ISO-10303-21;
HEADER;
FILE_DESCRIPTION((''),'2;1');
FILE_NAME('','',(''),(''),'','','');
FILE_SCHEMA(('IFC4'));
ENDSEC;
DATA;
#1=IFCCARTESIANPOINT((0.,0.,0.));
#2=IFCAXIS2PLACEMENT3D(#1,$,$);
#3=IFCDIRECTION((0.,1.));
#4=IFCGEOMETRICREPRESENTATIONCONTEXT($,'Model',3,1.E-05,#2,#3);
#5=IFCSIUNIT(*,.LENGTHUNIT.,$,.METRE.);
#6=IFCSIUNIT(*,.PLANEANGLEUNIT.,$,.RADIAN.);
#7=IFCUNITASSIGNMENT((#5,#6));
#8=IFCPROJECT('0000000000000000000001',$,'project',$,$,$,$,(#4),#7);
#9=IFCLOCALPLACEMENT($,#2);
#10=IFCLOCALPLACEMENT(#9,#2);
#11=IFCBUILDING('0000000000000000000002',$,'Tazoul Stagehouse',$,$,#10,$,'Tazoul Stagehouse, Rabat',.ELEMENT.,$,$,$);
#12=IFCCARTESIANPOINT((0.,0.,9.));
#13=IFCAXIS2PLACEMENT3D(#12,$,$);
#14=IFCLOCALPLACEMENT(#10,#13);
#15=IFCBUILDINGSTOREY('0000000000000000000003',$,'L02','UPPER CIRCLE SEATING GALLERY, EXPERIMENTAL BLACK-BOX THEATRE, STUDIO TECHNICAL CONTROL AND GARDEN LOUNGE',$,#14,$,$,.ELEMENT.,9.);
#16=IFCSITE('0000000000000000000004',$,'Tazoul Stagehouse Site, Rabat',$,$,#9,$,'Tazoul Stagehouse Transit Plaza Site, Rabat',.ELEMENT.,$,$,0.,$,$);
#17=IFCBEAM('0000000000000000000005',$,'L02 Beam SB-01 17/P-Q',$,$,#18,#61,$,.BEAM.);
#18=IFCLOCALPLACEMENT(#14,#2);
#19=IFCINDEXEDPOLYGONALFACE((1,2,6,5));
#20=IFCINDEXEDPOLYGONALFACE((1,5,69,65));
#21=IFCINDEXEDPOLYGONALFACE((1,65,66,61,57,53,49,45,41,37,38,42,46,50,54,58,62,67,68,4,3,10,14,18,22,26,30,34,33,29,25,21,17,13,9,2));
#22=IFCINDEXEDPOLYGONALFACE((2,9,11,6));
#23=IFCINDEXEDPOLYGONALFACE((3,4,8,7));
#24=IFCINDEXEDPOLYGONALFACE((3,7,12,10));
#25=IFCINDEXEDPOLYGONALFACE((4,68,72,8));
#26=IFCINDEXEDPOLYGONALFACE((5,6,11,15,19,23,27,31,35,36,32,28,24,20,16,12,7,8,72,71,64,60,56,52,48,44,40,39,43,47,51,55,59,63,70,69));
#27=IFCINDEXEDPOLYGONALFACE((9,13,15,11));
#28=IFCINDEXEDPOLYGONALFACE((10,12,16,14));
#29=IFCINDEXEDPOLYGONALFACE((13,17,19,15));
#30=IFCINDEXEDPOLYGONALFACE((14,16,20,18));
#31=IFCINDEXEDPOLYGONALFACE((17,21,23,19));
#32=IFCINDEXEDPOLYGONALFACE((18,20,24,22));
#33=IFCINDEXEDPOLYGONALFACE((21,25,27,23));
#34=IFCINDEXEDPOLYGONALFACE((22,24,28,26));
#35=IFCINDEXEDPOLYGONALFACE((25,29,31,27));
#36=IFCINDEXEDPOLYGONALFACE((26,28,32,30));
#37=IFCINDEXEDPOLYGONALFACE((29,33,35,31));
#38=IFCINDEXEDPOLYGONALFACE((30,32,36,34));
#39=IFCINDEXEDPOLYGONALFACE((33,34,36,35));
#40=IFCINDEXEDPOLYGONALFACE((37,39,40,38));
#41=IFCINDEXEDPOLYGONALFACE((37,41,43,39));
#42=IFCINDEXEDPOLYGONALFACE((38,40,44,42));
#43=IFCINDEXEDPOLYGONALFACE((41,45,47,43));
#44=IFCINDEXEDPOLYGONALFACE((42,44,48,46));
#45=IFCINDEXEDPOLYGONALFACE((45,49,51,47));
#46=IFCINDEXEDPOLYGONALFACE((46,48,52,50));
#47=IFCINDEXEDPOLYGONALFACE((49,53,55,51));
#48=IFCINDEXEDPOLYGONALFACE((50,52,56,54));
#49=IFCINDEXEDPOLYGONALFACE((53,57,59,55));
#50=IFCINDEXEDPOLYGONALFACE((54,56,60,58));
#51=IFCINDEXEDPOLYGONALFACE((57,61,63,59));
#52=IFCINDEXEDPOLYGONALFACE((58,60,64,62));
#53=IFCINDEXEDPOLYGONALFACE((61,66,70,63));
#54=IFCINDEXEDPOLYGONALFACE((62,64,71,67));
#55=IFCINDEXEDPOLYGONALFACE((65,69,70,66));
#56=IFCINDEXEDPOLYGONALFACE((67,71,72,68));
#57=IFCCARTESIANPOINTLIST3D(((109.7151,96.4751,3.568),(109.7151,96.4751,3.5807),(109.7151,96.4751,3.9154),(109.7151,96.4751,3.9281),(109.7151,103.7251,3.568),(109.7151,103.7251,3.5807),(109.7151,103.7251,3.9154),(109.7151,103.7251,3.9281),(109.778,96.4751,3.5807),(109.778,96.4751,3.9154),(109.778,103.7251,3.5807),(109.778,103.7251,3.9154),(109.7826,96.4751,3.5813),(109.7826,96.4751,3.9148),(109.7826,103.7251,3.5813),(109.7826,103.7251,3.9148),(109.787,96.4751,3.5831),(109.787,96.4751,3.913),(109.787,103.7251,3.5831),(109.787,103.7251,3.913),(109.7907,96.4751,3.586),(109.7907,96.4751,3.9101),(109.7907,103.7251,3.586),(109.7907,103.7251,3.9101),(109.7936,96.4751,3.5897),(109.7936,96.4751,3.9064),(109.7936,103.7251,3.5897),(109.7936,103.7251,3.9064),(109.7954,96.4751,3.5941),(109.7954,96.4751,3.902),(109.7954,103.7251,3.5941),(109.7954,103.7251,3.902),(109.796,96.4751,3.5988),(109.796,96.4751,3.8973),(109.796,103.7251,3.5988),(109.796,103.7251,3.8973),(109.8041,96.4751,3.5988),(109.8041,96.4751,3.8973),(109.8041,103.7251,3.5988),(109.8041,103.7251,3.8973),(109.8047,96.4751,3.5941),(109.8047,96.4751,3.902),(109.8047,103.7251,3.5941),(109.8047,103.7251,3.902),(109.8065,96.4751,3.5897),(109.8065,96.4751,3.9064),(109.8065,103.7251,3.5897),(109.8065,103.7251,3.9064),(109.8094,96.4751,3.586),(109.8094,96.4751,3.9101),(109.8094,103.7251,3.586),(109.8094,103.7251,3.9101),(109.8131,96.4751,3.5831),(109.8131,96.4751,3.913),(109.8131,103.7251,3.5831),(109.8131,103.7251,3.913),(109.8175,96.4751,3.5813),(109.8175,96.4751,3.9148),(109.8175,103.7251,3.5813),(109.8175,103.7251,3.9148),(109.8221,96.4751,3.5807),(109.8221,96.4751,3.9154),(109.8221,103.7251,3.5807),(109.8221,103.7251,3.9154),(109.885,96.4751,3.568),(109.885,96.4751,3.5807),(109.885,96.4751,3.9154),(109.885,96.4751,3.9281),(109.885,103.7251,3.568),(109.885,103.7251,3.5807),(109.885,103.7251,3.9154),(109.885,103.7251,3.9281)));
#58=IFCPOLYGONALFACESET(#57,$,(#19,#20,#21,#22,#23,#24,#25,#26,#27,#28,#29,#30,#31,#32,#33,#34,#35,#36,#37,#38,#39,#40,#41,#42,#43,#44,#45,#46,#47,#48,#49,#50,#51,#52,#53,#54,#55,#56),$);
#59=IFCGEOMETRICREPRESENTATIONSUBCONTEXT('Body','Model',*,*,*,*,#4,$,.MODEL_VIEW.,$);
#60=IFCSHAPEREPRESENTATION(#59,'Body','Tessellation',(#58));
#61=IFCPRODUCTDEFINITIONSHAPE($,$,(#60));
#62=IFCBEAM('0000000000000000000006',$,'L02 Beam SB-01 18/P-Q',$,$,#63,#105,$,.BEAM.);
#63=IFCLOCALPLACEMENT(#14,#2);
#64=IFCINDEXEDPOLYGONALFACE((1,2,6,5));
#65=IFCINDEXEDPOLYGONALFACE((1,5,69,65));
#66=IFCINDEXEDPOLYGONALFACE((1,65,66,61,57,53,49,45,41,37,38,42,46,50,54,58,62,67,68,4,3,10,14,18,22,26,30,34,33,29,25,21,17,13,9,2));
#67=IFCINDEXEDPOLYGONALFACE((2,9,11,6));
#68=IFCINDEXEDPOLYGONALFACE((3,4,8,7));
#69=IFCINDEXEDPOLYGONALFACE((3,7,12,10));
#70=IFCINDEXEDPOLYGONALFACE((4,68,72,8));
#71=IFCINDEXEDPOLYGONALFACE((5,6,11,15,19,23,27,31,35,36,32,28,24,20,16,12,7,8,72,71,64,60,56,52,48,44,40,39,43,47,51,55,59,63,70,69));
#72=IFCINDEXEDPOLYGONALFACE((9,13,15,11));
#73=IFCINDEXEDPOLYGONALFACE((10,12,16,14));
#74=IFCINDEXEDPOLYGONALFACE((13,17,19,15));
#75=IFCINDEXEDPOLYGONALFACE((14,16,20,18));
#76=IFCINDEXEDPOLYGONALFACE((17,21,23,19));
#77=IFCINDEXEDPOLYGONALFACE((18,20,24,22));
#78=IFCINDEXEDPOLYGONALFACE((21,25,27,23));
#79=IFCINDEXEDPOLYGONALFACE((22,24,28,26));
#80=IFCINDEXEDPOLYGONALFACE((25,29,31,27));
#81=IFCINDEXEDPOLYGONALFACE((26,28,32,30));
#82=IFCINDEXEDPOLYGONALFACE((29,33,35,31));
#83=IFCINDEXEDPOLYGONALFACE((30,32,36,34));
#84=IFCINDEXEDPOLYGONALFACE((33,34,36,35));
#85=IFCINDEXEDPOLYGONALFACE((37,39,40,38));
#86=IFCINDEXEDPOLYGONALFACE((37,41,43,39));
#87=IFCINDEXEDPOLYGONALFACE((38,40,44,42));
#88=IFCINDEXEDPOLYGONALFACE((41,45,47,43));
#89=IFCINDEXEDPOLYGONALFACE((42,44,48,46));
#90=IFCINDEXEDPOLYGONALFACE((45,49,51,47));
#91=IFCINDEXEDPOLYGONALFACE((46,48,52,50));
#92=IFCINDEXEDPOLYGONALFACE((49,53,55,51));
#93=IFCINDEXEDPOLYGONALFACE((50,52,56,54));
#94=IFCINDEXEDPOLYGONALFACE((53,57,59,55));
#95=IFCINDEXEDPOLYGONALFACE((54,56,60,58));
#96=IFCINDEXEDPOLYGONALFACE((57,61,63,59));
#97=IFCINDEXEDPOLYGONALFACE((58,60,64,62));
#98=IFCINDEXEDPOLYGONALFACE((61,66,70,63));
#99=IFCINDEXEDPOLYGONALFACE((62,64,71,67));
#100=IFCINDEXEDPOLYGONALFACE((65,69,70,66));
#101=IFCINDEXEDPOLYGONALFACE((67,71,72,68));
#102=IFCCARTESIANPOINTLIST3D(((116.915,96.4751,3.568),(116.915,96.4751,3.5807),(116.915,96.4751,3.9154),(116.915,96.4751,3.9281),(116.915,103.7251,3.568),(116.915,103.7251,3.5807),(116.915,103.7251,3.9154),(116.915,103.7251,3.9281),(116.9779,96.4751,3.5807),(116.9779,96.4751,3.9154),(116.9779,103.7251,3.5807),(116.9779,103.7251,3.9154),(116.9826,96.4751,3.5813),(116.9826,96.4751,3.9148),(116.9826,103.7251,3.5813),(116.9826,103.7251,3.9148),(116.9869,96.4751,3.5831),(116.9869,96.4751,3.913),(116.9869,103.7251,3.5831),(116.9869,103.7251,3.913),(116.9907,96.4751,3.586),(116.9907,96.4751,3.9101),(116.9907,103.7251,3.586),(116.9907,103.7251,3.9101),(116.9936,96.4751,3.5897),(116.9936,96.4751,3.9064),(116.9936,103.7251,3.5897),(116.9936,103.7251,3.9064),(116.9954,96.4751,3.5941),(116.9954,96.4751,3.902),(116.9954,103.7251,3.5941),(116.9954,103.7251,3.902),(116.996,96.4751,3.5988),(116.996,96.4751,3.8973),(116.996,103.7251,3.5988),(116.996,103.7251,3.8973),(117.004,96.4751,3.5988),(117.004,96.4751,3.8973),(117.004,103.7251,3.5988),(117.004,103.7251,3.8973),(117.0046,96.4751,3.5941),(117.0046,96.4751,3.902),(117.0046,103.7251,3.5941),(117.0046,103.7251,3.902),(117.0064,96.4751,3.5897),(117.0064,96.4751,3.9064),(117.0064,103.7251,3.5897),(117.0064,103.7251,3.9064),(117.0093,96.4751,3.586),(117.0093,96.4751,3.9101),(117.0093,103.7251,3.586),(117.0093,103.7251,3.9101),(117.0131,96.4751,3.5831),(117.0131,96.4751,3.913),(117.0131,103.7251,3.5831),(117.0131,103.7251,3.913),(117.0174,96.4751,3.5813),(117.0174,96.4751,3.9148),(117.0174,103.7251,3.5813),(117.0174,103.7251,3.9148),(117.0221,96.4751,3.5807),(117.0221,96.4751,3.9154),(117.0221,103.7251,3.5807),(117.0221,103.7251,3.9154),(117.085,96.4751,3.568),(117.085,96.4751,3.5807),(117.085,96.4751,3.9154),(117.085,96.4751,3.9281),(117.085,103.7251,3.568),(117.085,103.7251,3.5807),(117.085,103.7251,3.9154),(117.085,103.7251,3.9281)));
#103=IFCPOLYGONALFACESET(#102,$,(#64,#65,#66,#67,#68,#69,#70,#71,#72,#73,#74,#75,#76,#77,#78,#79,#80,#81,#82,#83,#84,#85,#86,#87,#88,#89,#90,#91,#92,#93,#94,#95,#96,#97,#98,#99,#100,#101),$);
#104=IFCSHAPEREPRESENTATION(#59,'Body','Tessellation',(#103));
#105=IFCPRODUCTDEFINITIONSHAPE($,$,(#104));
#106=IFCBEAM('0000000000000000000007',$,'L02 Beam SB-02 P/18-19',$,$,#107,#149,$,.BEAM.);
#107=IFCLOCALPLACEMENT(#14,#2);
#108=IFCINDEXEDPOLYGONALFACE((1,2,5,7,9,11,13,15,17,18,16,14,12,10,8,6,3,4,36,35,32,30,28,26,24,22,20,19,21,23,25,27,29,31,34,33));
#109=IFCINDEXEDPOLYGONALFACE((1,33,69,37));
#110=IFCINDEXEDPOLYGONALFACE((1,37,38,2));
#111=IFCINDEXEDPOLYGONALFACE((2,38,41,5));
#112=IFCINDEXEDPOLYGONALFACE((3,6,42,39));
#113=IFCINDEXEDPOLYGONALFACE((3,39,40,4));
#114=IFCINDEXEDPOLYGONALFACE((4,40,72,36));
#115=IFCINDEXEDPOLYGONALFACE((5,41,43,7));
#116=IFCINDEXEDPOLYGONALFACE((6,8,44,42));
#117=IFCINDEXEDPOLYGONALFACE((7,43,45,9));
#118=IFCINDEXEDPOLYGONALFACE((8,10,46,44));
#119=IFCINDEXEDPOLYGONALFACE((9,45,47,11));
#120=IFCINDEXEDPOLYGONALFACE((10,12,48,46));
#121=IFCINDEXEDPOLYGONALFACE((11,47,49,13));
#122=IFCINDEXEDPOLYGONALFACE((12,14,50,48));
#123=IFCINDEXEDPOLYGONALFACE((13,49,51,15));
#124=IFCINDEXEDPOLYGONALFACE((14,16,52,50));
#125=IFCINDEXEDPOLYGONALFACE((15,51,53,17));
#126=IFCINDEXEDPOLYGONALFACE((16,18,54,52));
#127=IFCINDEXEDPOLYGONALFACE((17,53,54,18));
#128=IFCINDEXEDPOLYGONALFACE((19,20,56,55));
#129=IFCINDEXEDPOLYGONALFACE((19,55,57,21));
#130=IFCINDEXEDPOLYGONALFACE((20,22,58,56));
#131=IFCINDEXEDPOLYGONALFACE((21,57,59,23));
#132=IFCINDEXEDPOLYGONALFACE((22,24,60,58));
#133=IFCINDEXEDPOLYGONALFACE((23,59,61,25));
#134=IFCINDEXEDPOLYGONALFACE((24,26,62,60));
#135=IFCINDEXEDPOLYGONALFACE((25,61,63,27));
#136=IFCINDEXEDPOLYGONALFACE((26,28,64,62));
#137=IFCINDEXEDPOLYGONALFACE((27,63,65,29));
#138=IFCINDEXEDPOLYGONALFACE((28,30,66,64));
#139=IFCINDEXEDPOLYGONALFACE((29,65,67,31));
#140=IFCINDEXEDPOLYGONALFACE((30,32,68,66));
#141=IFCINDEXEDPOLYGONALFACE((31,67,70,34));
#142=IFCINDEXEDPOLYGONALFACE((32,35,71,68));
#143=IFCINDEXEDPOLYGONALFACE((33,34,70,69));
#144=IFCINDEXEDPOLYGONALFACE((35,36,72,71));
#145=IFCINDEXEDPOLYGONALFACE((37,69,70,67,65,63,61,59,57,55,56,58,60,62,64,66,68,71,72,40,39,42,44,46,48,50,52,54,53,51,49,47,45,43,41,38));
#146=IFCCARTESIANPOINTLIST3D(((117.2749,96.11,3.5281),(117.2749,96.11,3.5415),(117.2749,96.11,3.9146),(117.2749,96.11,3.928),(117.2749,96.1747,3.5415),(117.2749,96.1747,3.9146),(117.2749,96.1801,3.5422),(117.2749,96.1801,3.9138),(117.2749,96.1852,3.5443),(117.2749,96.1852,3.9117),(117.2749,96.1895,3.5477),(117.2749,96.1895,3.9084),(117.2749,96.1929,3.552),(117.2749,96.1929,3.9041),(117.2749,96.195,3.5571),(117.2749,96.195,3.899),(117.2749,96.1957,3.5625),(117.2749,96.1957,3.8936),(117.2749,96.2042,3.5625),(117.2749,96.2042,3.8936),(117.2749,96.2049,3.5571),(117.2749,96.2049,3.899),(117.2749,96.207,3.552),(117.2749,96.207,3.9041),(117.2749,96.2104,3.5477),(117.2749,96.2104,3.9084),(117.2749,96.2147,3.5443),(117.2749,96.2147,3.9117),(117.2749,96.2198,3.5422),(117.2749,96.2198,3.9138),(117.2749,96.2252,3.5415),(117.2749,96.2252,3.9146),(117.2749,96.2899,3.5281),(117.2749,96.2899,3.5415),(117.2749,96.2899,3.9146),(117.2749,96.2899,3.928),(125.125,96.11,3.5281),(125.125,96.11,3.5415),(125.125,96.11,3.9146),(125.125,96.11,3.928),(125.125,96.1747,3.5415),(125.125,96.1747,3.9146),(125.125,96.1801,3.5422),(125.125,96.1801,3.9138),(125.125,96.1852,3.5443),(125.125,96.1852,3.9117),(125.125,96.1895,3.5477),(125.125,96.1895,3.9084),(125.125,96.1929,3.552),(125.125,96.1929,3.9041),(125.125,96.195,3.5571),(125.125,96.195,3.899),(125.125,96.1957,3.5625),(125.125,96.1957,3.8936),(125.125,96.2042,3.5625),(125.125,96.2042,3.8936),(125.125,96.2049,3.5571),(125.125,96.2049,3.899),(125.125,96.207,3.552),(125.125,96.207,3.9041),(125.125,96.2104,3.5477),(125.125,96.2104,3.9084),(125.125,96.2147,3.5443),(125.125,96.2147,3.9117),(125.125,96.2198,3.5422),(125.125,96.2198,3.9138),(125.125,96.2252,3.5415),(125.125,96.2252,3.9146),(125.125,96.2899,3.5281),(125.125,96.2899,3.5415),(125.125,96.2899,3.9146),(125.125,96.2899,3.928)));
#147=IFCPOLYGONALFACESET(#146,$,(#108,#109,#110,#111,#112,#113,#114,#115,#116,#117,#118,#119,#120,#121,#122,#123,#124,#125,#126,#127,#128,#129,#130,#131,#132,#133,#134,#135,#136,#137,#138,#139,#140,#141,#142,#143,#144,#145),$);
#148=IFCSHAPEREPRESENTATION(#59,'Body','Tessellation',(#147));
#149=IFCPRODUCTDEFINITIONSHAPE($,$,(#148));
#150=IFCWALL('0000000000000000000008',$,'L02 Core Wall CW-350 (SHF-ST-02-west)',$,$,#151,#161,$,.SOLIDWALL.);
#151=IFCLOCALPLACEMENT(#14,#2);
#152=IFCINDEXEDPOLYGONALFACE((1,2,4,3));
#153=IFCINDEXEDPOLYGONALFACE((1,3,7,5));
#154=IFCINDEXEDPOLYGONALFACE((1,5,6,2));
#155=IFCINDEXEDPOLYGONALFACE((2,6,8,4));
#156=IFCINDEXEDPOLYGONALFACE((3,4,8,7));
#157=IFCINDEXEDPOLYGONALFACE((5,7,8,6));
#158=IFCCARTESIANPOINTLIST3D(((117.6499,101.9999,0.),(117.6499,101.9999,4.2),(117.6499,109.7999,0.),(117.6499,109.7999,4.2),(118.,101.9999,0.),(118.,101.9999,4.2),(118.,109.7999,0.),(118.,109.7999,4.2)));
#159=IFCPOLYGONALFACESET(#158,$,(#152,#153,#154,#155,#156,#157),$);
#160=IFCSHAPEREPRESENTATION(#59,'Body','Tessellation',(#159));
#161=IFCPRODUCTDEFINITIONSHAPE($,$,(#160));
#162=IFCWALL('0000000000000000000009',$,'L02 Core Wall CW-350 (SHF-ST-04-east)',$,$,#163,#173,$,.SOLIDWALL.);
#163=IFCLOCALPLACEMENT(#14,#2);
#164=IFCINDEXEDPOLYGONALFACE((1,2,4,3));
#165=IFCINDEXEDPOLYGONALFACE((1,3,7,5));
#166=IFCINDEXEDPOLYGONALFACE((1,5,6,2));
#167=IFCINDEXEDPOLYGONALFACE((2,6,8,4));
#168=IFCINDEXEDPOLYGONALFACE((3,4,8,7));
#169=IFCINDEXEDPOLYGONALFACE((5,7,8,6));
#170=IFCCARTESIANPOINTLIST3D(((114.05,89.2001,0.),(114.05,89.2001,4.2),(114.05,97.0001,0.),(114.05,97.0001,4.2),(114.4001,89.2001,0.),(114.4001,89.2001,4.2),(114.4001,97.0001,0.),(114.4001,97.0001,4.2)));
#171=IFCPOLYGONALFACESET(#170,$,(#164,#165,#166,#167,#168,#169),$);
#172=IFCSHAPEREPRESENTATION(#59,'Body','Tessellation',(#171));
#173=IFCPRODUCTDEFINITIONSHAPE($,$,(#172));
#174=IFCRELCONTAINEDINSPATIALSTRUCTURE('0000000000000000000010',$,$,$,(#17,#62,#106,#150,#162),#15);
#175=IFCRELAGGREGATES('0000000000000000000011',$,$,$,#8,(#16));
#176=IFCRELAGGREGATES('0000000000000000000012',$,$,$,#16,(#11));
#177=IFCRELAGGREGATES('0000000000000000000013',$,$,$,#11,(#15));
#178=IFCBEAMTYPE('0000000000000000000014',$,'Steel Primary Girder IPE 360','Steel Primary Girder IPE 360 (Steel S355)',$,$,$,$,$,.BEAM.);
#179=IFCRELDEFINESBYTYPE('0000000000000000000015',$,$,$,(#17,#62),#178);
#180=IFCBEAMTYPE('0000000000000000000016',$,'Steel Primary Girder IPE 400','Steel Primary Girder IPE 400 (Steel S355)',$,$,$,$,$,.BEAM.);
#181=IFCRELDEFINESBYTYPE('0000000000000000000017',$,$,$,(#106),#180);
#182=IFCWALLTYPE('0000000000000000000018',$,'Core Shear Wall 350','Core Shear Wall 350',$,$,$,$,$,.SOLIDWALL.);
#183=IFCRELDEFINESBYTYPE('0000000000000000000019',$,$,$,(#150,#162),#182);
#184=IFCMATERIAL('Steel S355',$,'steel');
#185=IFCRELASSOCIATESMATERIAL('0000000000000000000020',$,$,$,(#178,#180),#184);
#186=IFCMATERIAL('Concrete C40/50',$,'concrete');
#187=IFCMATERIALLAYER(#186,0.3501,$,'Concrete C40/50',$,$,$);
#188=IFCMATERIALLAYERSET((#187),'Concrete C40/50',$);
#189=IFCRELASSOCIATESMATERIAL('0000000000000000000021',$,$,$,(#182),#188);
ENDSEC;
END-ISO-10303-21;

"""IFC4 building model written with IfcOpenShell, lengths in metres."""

from ifc_helpers import new_model, si_unit, direction, frame, frame_2d, origin, origin_2d, place, context, subcontext, project, spatial, rectangle, i_section, extrude, material, layer, layer_set, material_profile, profile_set, type_object, element, save


model = new_model("IFC4")

# Units and contexts
model_context = context("Model", 3, precision=1e-05, world=origin(), true_north=direction((0.0, 1.0)))
body_context = subcontext(model_context, "Body", "Model", "MODEL_VIEW")
ifc_project = project(units=[si_unit("LENGTHUNIT", "METRE"), si_unit("PLANEANGLEUNIT", "RADIAN")], contexts=[model_context])

# Site, building, storey
site_placement = place(None, origin())
site = spatial("IfcSite", under=ifc_project, at=site_placement, Name="Tazoul Stagehouse Site, Rabat", LongName="Tazoul Stagehouse Transit Plaza Site, Rabat", CompositionType="ELEMENT", RefElevation=0.0)
building_placement = place(site_placement, origin())
building = spatial("IfcBuilding", under=site, at=building_placement, Name="Tazoul Stagehouse", LongName="Tazoul Stagehouse, Rabat", CompositionType="ELEMENT")
storey_placement = place(building_placement, frame((0.0, 0.0, 9.0)))
storey = spatial("IfcBuildingStorey", under=building, at=storey_placement, Name="L02", Description="UPPER CIRCLE SEATING GALLERY, EXPERIMENTAL BLACK-BOX THEATRE, STUDIO TECHNICAL CONTROL AND GARDEN LOUNGE", CompositionType="ELEMENT", Elevation=9.0)

# Shared definitions
ifc_material_1 = material(Name="Concrete C40/50", Category="concrete")

# Beams
ifc_material_2 = material(Name="Steel S355", Category="steel")
ifc_material_profile_1 = material_profile(ifc_material_2, i_section(OverallWidth=0.1699, OverallDepth=0.3601, WebThickness=0.0081, FlangeThickness=0.0127, FilletRadius=0.0181, at=origin_2d()), Name="IPE 360")
ifc_profile_set_1 = profile_set([ifc_material_profile_1], Name="Steel S355")
beam_type_1 = type_object("IfcBeamType", Name="Steel Primary Girder IPE 360", Description="Steel Primary Girder IPE 360 (Steel S355)", PredefinedType="BEAM", material=ifc_profile_set_1)
for number, where, z_axis, x_axis, name in (
    (1, (109.8, 96.4751, 3.748), (0.0, 1.0, 0.0), (-1.0, 0.0, 0.0), "L02 Beam SB-01 17/P-Q"),
    (2, (117.0, 96.4751, 3.748), (0.0, 1.0, 0.0), (-1.0, 0.0, 0.0), "L02 Beam SB-01 18/P-Q"),
):
    element("IfcBeam", number, at=place(storey_placement, frame(where, z_axis=z_axis, x_axis=x_axis)), inside=storey, type_object=beam_type_1, Name=name, PredefinedType="BEAM", context=body_context, shape_type="SweptSolid", body=[
        extrude(i_section(OverallWidth=0.1699, OverallDepth=0.3601, WebThickness=0.0081, FlangeThickness=0.0127, FilletRadius=0.0181, at=origin_2d()), origin(), (0.0, 0.0, 1.0), 7.25),
    ])
ifc_material_profile_2 = material_profile(ifc_material_2, i_section(OverallWidth=0.1799, OverallDepth=0.3999, WebThickness=0.0085, FlangeThickness=0.0134, FilletRadius=0.021, at=origin_2d()), Name="IPE 400")
ifc_profile_set_2 = profile_set([ifc_material_profile_2], Name="Steel S355")
beam_type_2 = type_object("IfcBeamType", Name="Steel Primary Girder IPE 400", Description="Steel Primary Girder IPE 400 (Steel S355)", PredefinedType="BEAM", material=ifc_profile_set_2)
beam_1_placement = place(storey_placement, frame((117.2749, 96.2, 3.728), z_axis=(1.0, 0.0, 0.0), x_axis=(0.0, 1.0, 0.0)))
element("IfcBeam", 3, at=beam_1_placement, inside=storey, type_object=beam_type_2, Name="L02 Beam SB-02 P/18-19", PredefinedType="BEAM", context=body_context, shape_type="SweptSolid", body=[
    extrude(i_section(OverallWidth=0.1799, OverallDepth=0.3999, WebThickness=0.0085, FlangeThickness=0.0134, FilletRadius=0.021, at=origin_2d()), origin(), (0.0, 0.0, 1.0), 7.8501),
])

# Wall
ifc_layer_1 = layer(ifc_material_1, 0.3501, Name="Concrete C40/50")
ifc_layer_set_1 = layer_set([ifc_layer_1], Name="Concrete C40/50")
wall_type_1 = type_object("IfcWallType", Name="Core Shear Wall 350", Description="Core Shear Wall 350", PredefinedType="SOLIDWALL", material=ifc_layer_set_1)
wall_1_placement = place(storey_placement, frame((117.825, 102.0, 0.0), z_axis=(0.0, 0.0, 1.0), x_axis=(0.0, 1.0, 0.0)))
element("IfcWall", 4, at=wall_1_placement, inside=storey, type_object=wall_type_1, Name="L02 Core Wall CW-350 (SHF-ST-02-west)", PredefinedType="SOLIDWALL", context=body_context, shape_type="SweptSolid", body=[
    extrude(rectangle(XDim=7.8, YDim=0.3501, at=frame_2d((3.8999, 0.0))), origin(), (0.0, 0.0, 1.0), 4.2),
])

# Wall
wall_2_placement = place(storey_placement, frame((114.2251, 97.0, 0.0), z_axis=(0.0, 0.0, 1.0), x_axis=(0.0, -1.0, 0.0)))
element("IfcWall", 5, at=wall_2_placement, inside=storey, type_object=wall_type_1, Name="L02 Core Wall CW-350 (SHF-ST-04-east)", PredefinedType="SOLIDWALL", context=body_context, shape_type="SweptSolid", body=[
    extrude(rectangle(XDim=7.8, YDim=0.3501, at=frame_2d((3.8999, 0.0))), origin(), (0.0, 0.0, 1.0), 4.2),
])

save(model, "model.ifc")
